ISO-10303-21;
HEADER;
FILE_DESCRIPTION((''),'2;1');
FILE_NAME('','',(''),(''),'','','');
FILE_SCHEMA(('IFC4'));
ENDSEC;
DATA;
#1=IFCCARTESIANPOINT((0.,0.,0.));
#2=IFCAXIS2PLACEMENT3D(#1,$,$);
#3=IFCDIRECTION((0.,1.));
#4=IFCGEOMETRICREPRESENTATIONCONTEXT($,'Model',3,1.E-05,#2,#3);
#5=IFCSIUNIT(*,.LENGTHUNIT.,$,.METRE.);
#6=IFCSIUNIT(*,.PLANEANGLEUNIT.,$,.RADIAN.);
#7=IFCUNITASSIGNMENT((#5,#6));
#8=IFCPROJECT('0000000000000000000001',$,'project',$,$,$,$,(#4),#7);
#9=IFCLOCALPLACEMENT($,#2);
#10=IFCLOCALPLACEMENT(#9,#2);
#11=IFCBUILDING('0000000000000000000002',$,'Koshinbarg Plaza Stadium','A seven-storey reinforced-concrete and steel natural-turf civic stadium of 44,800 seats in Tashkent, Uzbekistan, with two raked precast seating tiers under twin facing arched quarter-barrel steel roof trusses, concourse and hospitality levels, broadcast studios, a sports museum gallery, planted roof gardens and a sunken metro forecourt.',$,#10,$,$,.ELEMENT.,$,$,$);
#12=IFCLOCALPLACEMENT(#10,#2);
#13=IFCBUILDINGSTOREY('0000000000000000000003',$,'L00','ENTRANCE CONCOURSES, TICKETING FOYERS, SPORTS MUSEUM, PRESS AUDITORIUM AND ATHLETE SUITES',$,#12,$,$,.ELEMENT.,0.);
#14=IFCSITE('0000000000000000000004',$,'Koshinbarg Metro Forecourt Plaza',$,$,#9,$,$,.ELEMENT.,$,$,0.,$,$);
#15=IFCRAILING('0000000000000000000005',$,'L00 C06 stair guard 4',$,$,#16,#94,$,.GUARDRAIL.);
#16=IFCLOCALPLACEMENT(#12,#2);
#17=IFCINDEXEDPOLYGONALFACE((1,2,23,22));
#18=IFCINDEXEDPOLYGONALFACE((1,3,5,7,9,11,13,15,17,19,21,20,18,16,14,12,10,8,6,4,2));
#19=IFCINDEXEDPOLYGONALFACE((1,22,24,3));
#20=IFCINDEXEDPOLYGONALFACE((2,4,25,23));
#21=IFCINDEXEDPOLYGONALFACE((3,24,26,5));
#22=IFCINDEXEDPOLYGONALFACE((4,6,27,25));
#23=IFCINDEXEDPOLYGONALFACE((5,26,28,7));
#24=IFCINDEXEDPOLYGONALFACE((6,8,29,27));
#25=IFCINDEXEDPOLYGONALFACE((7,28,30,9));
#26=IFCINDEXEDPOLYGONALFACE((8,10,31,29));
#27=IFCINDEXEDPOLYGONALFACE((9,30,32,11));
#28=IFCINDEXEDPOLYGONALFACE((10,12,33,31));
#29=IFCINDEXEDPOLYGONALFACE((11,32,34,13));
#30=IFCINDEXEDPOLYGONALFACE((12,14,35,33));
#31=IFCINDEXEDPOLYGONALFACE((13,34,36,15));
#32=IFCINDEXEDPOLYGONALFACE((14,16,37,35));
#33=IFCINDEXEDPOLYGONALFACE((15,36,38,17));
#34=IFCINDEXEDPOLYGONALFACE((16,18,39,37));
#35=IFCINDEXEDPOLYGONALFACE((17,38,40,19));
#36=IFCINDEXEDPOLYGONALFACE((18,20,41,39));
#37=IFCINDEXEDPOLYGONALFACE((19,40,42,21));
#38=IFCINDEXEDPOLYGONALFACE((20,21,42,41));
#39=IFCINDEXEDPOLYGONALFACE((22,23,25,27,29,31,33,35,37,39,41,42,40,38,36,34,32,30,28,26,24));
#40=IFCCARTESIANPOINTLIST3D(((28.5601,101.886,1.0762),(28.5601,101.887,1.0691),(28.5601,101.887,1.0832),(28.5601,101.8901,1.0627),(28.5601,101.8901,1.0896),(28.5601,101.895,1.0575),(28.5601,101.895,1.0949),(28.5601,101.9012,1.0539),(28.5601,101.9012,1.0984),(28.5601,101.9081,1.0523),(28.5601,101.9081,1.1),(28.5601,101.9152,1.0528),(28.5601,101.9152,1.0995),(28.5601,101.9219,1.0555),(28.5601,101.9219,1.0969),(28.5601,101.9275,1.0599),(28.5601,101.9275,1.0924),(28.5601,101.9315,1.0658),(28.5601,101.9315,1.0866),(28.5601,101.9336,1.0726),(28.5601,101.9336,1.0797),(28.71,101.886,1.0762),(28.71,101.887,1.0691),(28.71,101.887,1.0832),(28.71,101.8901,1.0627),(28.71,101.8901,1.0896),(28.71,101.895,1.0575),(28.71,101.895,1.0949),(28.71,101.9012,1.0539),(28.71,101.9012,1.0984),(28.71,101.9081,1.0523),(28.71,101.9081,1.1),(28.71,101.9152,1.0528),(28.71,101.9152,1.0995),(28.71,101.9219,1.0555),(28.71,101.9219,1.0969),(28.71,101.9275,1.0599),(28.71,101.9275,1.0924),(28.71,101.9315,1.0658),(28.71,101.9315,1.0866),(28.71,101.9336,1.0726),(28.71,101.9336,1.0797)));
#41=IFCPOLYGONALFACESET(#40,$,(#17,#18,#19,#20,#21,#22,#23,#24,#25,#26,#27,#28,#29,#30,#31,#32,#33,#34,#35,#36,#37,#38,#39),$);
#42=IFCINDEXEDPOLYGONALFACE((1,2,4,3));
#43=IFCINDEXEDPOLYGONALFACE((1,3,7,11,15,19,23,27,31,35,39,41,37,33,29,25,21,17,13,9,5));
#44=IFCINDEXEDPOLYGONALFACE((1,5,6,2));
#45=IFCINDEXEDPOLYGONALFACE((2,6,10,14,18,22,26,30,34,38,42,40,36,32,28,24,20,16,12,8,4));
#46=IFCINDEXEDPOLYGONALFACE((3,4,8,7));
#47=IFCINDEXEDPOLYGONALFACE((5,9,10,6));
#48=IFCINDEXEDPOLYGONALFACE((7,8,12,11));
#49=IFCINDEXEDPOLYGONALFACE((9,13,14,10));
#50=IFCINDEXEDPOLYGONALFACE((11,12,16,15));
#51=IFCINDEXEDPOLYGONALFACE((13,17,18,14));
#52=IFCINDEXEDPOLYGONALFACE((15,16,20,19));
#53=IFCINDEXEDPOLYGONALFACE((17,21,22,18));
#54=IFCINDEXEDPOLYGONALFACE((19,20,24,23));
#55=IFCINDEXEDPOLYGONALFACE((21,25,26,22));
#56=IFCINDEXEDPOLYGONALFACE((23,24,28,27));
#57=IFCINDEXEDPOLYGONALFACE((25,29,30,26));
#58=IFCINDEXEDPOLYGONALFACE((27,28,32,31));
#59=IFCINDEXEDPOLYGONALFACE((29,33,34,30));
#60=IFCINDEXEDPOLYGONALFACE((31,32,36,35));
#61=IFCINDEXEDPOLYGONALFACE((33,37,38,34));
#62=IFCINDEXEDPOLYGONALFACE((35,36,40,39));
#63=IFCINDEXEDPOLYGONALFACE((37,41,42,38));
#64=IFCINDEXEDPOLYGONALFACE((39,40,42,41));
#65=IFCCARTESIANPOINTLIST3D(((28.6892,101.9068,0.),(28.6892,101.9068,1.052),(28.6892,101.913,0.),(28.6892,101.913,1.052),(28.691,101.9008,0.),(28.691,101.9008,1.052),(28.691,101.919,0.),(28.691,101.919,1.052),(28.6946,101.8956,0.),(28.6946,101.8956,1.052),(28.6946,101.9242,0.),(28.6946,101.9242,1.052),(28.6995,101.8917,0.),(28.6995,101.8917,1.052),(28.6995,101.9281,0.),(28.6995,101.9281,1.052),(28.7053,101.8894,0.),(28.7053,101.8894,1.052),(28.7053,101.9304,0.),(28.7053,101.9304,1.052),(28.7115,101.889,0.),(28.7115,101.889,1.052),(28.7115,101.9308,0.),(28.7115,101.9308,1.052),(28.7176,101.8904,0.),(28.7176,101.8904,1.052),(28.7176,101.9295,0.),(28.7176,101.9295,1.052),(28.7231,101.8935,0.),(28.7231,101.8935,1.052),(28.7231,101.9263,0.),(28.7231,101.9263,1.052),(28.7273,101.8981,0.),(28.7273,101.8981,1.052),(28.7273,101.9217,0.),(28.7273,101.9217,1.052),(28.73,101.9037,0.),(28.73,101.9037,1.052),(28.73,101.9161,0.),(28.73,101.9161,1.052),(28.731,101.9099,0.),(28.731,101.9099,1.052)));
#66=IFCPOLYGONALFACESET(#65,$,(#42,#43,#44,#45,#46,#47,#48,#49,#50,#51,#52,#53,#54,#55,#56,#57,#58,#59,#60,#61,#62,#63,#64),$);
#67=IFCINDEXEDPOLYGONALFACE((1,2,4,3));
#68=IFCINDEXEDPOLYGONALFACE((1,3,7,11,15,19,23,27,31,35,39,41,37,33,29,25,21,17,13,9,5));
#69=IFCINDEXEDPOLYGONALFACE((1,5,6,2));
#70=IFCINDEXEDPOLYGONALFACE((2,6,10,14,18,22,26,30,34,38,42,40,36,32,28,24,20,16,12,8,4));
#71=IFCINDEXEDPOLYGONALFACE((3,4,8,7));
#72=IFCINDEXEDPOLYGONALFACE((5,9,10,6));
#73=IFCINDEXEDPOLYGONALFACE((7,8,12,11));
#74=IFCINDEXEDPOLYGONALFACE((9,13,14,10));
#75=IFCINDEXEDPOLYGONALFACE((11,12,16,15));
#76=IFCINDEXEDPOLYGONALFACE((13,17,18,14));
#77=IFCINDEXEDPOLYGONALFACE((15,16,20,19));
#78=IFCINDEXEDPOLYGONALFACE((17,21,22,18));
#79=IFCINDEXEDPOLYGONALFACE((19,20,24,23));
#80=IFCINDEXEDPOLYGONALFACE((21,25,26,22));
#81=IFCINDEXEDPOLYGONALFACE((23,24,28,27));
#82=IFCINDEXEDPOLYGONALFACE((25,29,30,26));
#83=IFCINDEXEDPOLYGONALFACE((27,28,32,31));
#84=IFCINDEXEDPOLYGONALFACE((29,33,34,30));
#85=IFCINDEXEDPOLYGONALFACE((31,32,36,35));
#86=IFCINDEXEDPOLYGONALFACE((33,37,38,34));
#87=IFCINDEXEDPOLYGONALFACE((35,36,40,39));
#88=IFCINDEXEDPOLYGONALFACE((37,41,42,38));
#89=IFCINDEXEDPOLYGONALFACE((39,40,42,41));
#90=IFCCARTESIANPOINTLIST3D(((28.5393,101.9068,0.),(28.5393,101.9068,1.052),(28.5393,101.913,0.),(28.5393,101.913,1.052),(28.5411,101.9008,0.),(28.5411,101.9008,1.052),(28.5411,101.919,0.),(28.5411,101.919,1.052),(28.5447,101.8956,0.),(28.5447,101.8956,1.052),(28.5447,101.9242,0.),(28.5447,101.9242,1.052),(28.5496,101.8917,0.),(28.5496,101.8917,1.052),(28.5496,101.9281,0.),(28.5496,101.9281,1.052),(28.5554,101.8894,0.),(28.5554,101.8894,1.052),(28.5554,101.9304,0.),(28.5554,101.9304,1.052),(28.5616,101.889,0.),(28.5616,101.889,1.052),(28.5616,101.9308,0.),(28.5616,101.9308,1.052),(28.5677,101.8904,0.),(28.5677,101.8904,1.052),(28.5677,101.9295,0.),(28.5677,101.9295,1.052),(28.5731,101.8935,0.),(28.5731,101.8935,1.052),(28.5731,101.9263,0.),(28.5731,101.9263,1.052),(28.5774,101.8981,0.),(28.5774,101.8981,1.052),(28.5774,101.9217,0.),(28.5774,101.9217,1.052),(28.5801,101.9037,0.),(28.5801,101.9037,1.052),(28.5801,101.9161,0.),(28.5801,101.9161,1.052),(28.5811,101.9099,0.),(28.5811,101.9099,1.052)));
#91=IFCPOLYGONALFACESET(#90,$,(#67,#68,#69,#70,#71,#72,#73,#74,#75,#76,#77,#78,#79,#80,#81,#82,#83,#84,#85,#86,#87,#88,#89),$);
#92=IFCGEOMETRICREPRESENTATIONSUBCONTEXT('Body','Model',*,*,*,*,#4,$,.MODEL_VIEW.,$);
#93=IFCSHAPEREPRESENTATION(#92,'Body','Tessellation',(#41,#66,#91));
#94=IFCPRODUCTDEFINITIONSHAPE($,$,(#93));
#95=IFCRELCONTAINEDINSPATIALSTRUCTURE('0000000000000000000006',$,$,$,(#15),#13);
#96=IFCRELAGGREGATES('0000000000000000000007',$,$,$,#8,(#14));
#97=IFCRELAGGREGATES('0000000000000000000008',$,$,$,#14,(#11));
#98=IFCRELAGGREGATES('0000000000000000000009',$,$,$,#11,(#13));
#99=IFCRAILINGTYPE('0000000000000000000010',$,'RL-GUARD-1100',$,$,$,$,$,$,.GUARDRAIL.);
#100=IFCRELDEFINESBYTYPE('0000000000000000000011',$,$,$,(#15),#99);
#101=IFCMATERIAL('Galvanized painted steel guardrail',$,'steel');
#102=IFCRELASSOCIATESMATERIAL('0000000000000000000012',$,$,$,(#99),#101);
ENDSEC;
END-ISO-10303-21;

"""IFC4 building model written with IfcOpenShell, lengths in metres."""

from ifc_helpers import new_model, si_unit, direction, frame, origin, origin_2d, place, context, subcontext, project, spatial, circle, extrude, material, type_object, element, save


model = new_model("IFC4")

# Units and contexts
model_context = context("Model", 3, precision=1e-05, world=origin(), true_north=direction((0.0, 1.0)))
body_context = subcontext(model_context, "Body", "Model", "MODEL_VIEW")
ifc_project = project(units=[si_unit("LENGTHUNIT", "METRE"), si_unit("PLANEANGLEUNIT", "RADIAN")], contexts=[model_context])

# Site, building, storey
site_placement = place(None, origin())
site = spatial("IfcSite", under=ifc_project, at=site_placement, Name="Koshinbarg Metro Forecourt Plaza", CompositionType="ELEMENT", RefElevation=0.0)
building_placement = place(site_placement, origin())
building = spatial("IfcBuilding", under=site, at=building_placement, Name="Koshinbarg Plaza Stadium", Description="A seven-storey reinforced-concrete and steel natural-turf civic stadium of 44,800 seats in Tashkent, Uzbekistan, with two raked precast seating tiers under twin facing arched quarter-barrel steel roof trusses, concourse and hospitality levels, broadcast studios, a sports museum gallery, planted roof gardens and a sunken metro forecourt.", CompositionType="ELEMENT")
storey_placement = place(building_placement, origin())
storey = spatial("IfcBuildingStorey", under=building, at=storey_placement, Name="L00", Description="ENTRANCE CONCOURSES, TICKETING FOYERS, SPORTS MUSEUM, PRESS AUDITORIUM AND ATHLETE SUITES", CompositionType="ELEMENT", Elevation=0.0)

# Railing
ifc_material_1 = material(Name="Galvanized painted steel guardrail", Category="steel")
railing_type_1 = type_object("IfcRailingType", Name="RL-GUARD-1100", PredefinedType="GUARDRAIL", material=ifc_material_1)
railing_1_placement = place(storey_placement, frame((28.71, 101.9099, 0.0)))
element("IfcRailing", 1, at=railing_1_placement, inside=storey, type_object=railing_type_1, Name="L00 C06 stair guard 4", PredefinedType="GUARDRAIL", context=body_context, shape_type="SweptSolid", body=[
    extrude(circle(Radius=0.0239, at=origin_2d()), frame((0.0, 0.0, 1.0762), z_axis=(-1.0, 0.0, 0.0), x_axis=(0.0, -1.0, 0.0)), (0.0, 0.0, 1.0), 0.1499),
    extrude(circle(Radius=0.021, at=origin_2d()), origin(), (0.0, 0.0, 1.0), 1.052),
    extrude(circle(Radius=0.021, at=origin_2d()), frame((-0.1499, 0.0, 0.0)), (0.0, 0.0, 1.0), 1.052),
])

save(model, "model.ifc")
